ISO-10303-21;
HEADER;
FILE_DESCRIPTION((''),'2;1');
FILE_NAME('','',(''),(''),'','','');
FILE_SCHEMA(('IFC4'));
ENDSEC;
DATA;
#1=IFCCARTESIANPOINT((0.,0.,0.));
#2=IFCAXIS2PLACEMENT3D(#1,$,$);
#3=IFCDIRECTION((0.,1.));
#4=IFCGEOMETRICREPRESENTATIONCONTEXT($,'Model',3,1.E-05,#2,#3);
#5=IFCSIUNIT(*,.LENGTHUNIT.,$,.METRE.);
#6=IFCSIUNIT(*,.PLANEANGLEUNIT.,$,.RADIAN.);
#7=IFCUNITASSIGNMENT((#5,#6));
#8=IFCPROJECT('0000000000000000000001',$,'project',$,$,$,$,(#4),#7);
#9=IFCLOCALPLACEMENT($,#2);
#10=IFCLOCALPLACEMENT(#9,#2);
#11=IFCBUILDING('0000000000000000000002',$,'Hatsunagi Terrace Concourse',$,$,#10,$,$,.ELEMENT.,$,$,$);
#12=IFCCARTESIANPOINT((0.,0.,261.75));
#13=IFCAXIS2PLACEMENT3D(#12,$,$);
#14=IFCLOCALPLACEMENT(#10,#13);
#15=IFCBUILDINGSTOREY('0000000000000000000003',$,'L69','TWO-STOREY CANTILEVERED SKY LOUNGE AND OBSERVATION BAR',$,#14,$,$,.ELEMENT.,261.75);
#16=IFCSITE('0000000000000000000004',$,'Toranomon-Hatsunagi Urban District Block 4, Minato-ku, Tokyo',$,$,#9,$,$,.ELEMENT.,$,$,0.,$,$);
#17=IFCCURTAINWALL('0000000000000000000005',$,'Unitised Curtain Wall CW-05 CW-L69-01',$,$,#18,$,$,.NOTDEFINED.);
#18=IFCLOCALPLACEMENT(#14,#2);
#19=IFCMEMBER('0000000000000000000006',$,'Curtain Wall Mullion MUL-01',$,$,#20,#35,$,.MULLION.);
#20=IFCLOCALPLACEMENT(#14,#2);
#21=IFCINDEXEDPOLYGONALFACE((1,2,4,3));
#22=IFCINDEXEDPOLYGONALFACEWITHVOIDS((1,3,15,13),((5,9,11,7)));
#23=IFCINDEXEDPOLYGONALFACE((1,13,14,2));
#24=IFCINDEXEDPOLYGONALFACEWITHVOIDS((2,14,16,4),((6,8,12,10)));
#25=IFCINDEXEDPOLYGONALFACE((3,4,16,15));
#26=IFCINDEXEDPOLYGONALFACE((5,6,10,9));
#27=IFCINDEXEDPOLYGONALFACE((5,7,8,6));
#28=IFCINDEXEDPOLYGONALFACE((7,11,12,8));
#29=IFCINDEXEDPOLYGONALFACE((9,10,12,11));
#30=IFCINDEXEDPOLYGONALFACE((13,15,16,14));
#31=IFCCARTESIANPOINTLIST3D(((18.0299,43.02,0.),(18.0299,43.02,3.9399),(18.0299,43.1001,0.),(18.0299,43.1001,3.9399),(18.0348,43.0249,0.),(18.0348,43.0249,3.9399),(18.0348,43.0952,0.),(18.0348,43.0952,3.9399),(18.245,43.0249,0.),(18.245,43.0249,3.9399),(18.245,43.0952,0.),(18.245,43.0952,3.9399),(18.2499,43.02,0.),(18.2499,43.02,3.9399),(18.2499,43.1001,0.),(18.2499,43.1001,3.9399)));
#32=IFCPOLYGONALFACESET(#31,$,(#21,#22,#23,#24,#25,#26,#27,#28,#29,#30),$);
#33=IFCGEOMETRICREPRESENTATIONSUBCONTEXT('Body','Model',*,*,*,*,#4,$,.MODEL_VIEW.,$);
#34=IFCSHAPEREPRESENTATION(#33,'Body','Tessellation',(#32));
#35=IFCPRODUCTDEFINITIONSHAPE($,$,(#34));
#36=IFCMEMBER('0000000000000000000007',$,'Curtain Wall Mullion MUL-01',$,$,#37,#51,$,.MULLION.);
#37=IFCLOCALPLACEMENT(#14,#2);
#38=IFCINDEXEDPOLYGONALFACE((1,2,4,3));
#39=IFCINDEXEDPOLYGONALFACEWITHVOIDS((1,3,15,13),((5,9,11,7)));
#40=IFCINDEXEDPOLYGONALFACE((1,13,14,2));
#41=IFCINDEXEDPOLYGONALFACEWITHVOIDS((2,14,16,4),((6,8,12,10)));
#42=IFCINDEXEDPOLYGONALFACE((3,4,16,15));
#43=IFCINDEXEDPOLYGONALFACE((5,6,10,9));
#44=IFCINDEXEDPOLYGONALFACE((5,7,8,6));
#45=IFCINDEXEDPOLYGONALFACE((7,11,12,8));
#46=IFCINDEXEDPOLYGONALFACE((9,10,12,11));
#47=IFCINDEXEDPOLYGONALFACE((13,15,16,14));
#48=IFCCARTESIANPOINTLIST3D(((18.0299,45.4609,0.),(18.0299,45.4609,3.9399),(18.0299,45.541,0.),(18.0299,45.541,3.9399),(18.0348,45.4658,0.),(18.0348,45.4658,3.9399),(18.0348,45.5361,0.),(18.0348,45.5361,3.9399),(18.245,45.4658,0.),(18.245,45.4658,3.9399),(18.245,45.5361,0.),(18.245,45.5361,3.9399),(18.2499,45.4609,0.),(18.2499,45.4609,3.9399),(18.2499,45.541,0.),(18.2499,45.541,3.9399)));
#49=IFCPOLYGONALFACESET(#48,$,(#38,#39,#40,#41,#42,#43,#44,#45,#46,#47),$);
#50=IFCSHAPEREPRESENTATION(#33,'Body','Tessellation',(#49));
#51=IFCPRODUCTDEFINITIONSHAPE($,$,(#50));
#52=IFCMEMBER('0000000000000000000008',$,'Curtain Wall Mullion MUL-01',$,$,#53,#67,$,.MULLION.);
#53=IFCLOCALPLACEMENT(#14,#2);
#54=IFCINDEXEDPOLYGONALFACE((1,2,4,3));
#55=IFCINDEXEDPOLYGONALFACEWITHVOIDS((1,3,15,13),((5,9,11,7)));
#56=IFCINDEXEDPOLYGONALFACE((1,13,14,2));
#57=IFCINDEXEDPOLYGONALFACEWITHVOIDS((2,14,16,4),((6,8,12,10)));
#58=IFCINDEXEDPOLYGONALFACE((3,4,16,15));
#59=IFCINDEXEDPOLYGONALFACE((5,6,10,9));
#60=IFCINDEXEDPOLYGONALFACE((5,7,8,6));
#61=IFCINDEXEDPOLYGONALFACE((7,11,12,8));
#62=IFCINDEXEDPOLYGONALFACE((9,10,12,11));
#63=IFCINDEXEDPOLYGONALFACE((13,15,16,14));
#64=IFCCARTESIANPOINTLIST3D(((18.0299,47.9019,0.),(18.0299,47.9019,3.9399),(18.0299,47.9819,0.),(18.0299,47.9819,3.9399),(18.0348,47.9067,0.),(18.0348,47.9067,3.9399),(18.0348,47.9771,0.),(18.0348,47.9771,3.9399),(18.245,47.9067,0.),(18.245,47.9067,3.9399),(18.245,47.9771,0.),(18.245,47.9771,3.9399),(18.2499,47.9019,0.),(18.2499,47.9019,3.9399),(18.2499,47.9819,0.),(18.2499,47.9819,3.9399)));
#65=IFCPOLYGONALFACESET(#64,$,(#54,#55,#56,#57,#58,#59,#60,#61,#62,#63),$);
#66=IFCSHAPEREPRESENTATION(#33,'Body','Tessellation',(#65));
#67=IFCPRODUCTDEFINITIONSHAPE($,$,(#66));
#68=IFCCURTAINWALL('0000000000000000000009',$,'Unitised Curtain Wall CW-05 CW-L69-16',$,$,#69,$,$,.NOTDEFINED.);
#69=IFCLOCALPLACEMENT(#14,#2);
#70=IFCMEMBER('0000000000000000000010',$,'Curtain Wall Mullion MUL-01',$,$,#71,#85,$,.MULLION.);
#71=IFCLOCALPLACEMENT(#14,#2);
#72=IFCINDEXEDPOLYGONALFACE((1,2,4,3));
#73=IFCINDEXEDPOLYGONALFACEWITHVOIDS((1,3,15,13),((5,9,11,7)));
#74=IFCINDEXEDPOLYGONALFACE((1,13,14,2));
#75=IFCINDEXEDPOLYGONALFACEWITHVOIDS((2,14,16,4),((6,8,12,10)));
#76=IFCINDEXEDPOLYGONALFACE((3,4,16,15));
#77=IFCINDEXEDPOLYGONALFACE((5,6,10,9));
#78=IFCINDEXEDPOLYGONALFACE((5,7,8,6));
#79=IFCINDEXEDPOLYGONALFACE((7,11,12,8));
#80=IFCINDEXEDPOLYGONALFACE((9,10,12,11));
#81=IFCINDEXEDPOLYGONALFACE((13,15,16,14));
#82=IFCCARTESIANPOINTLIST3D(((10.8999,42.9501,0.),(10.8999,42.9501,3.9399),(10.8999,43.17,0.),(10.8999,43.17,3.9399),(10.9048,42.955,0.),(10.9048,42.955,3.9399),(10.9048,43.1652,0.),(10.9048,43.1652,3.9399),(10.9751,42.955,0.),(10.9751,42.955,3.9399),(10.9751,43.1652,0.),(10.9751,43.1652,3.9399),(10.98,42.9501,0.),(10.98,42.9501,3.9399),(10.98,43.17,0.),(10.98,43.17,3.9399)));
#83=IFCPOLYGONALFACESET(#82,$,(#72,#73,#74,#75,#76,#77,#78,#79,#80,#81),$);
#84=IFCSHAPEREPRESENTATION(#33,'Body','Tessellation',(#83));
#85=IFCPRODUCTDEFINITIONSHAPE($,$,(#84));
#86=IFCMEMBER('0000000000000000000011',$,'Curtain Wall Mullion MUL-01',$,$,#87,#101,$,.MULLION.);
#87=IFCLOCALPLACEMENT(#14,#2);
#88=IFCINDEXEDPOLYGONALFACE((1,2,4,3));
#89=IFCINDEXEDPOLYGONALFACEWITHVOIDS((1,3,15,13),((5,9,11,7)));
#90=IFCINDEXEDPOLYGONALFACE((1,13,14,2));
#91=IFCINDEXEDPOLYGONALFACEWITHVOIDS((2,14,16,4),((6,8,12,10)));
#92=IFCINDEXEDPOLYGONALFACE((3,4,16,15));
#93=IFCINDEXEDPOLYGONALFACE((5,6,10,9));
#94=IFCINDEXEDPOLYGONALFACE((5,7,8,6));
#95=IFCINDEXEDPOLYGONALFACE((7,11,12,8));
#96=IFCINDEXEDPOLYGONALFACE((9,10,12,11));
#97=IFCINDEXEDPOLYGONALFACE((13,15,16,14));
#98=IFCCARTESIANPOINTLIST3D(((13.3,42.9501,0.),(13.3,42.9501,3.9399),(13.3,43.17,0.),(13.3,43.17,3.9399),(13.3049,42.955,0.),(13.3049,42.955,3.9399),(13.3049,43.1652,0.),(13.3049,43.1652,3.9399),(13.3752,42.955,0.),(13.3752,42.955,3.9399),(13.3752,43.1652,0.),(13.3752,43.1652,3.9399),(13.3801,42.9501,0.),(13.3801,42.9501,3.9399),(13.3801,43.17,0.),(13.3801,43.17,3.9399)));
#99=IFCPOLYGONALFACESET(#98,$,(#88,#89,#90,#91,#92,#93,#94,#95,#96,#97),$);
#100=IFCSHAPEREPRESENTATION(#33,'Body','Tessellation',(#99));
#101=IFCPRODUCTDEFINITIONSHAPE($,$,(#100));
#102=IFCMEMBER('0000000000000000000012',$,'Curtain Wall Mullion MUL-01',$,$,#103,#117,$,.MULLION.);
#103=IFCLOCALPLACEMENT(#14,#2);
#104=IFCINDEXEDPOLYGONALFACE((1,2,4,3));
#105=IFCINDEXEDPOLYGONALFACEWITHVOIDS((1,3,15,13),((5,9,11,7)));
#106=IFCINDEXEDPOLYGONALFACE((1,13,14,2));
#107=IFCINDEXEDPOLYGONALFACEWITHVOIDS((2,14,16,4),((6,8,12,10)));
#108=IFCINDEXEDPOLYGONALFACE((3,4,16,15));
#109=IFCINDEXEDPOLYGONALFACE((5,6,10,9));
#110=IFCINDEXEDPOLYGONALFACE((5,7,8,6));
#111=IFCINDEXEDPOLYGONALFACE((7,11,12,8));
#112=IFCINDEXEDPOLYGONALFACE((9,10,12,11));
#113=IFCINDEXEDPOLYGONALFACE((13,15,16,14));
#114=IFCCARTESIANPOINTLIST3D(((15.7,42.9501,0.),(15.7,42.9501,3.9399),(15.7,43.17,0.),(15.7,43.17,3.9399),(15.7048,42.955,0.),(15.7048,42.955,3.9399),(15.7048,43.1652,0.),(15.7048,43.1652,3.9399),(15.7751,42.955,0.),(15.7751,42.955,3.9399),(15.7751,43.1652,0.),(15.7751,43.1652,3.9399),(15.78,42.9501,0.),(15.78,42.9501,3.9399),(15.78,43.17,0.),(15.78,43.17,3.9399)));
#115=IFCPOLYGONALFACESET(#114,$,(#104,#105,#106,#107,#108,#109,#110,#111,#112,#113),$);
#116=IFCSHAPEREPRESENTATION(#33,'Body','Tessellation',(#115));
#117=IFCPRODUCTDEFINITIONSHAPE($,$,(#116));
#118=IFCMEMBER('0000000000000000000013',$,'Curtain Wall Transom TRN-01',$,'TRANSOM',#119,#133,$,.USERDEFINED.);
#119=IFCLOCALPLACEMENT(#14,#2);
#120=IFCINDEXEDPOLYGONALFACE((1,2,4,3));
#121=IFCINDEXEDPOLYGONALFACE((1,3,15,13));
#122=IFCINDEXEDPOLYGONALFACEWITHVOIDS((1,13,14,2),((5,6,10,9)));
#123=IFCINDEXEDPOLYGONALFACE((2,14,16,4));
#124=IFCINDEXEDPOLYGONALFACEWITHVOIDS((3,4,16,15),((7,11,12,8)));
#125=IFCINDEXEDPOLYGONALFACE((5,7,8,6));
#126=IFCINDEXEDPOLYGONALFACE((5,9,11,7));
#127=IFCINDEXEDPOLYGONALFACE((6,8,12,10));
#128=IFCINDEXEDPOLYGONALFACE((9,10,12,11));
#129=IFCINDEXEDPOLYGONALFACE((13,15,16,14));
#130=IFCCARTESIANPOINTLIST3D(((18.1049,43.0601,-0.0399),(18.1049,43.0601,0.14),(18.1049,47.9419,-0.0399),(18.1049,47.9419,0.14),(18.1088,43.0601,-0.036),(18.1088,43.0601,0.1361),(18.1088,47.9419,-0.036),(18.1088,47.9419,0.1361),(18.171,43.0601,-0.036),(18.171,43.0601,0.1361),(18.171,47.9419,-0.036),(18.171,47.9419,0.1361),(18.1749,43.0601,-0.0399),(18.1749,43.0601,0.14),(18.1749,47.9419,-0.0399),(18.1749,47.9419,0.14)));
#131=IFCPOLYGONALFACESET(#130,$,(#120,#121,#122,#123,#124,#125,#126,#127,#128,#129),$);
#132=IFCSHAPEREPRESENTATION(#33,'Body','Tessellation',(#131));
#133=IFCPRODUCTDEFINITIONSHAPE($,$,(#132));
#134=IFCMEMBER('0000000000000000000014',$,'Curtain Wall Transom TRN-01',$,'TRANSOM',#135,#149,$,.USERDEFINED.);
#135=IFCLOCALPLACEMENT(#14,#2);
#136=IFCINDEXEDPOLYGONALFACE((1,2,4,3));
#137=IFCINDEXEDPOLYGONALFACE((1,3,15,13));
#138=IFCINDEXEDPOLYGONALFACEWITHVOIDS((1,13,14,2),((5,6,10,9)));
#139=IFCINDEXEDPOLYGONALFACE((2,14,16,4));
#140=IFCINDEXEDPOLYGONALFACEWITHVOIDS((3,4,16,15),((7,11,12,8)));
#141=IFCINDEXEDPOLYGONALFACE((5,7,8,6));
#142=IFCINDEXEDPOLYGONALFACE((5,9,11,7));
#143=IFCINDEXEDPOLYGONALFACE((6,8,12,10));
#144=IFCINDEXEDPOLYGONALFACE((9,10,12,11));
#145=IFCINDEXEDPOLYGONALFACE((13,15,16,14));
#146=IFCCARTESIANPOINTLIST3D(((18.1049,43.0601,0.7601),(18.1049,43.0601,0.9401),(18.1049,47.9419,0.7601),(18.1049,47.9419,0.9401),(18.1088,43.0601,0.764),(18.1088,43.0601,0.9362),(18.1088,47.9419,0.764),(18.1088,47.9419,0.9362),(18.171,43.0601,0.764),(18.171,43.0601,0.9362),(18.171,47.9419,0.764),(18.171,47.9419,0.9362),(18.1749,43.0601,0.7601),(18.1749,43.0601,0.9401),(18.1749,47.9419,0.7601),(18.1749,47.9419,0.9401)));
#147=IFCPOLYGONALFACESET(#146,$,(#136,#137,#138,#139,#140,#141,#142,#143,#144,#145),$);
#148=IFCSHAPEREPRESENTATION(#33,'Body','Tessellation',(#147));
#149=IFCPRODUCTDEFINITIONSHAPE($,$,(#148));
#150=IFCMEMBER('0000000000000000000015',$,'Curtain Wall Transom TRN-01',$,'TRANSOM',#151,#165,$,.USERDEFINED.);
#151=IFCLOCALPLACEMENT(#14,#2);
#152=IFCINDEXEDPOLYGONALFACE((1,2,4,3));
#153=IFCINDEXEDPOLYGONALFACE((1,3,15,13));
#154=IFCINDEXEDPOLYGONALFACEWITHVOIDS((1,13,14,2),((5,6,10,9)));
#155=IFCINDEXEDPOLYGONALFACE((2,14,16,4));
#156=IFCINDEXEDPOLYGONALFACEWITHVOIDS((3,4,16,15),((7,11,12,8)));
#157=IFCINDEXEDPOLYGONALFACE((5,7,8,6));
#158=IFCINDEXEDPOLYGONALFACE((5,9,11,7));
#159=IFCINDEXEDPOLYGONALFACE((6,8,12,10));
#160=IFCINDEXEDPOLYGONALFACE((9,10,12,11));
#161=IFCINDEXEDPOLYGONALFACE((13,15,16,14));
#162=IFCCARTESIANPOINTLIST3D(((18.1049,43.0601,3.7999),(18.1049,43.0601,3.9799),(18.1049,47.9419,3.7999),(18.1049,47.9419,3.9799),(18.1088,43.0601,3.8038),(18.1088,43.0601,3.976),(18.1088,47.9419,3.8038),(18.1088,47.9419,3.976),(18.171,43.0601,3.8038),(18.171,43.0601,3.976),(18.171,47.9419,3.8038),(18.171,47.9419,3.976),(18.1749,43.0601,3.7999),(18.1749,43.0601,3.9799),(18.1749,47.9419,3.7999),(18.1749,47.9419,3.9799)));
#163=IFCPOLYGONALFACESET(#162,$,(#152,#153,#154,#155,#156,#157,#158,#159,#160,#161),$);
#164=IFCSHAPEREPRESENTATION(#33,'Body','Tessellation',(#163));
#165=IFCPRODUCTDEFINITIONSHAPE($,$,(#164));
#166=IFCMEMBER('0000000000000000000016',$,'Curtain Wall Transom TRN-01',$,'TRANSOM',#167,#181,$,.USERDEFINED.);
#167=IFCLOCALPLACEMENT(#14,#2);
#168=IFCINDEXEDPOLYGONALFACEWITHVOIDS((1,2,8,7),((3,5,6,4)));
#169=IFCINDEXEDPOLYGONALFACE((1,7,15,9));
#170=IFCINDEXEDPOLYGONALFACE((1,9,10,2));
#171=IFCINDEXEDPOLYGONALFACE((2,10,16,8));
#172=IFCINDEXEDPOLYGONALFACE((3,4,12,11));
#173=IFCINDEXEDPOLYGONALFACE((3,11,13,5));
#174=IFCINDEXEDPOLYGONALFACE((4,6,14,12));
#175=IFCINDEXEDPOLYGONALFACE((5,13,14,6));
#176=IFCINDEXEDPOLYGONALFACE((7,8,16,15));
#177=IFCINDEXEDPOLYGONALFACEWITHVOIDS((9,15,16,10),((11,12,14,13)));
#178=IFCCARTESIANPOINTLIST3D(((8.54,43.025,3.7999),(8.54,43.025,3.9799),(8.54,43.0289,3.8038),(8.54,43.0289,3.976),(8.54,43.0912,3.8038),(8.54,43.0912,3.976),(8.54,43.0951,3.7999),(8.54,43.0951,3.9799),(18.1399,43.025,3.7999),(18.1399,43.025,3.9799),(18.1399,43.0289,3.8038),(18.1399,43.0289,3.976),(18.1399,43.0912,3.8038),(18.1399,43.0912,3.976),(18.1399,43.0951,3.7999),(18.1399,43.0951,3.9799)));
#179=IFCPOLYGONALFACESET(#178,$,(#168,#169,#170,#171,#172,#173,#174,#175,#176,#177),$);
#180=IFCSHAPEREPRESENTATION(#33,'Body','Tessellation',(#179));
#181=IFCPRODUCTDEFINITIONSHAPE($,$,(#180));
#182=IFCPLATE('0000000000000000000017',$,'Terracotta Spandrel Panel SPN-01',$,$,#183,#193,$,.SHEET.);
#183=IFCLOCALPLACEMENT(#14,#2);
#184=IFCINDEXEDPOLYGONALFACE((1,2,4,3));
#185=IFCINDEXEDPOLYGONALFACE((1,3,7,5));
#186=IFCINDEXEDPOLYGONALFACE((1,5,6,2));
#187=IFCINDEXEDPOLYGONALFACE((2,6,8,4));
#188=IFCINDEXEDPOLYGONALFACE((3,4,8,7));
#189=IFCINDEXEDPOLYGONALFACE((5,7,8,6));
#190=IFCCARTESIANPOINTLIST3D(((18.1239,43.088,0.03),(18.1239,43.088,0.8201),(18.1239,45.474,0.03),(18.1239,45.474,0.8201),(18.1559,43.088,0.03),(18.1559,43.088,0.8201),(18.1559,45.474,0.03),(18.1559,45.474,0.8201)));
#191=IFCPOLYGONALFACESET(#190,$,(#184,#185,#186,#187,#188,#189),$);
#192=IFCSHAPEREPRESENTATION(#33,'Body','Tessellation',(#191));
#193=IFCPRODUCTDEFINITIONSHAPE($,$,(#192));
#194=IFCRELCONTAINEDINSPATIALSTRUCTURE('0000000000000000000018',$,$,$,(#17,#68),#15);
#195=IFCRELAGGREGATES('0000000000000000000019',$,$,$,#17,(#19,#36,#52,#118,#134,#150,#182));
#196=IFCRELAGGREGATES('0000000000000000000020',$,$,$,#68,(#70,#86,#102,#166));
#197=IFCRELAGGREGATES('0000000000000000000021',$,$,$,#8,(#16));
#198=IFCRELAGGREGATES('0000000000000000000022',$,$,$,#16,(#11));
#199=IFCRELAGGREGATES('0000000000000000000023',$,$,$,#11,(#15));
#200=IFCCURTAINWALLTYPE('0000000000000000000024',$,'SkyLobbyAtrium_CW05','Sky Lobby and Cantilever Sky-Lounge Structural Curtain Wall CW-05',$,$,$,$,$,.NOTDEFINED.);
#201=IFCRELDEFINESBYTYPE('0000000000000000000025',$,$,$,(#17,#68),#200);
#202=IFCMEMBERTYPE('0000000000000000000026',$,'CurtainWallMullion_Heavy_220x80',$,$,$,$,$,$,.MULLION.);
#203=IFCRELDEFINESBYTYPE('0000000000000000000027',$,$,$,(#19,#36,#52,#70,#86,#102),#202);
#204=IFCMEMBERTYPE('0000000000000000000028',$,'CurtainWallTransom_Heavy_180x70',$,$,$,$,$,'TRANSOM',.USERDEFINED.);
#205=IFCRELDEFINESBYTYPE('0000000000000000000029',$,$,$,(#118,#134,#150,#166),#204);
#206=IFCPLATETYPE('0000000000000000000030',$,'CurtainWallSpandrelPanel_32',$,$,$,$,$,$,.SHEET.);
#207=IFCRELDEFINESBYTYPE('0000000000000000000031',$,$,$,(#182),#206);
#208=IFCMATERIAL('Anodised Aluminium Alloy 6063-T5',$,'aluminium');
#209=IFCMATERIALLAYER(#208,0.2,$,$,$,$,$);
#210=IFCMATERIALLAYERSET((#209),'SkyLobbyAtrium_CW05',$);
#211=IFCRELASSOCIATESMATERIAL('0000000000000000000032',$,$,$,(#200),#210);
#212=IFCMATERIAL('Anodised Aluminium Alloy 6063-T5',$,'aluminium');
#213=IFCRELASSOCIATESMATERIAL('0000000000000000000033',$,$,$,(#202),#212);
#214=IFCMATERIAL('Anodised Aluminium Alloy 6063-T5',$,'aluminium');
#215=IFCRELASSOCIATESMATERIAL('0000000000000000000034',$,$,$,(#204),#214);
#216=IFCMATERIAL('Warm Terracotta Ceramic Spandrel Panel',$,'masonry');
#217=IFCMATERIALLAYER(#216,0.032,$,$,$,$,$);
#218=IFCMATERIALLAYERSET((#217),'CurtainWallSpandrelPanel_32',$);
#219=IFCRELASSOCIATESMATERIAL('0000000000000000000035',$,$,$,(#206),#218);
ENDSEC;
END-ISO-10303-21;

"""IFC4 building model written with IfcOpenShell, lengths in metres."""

from ifc_helpers import new_model, si_unit, direction, frame, origin, origin_2d, place, context, subcontext, project, spatial, rectangle, hollow_rectangle, extrude, material, layer, layer_set, material_profile, profile_set, type_object, element, aggregate, save


model = new_model("IFC4")

# Units and contexts
model_context = context("Model", 3, precision=1e-05, world=origin(), true_north=direction((0.0, 1.0)))
body_context = subcontext(model_context, "Body", "Model", "MODEL_VIEW")
ifc_project = project(units=[si_unit("LENGTHUNIT", "METRE"), si_unit("PLANEANGLEUNIT", "RADIAN")], contexts=[model_context])

# Site, building, storey
site_placement = place(None, origin())
site = spatial("IfcSite", under=ifc_project, at=site_placement, Name="Toranomon-Hatsunagi Urban District Block 4, Minato-ku, Tokyo", CompositionType="ELEMENT", RefElevation=0.0)
building_placement = place(site_placement, origin())
building = spatial("IfcBuilding", under=site, at=building_placement, Name="Hatsunagi Terrace Concourse", CompositionType="ELEMENT")
storey_placement = place(building_placement, frame((0.0, 0.0, 261.75)))
storey = spatial("IfcBuildingStorey", under=building, at=storey_placement, Name="L69", Description="TWO-STOREY CANTILEVERED SKY LOUNGE AND OBSERVATION BAR", CompositionType="ELEMENT", Elevation=261.75)

# Curtain walls, members
ifc_material_1 = material(Name="Anodised Aluminium Alloy 6063-T5", Category="aluminium")
ifc_layer_1 = layer(ifc_material_1, 0.2)
ifc_layer_set_1 = layer_set([ifc_layer_1], Name="SkyLobbyAtrium_CW05")
curtain_wall_type = type_object("IfcCurtainWallType", Name="SkyLobbyAtrium_CW05", Description="Sky Lobby and Cantilever Sky-Lounge Structural Curtain Wall CW-05", PredefinedType="NOTDEFINED", material=ifc_layer_set_1)
curtain_wall_1_placement = place(storey_placement, origin())
curtain_wall_1 = element("IfcCurtainWall", 1, at=curtain_wall_1_placement, inside=storey, type_object=curtain_wall_type, Name="Unitised Curtain Wall CW-05 CW-L69-01", PredefinedType="NOTDEFINED")
ifc_material_2 = material(Name="Anodised Aluminium Alloy 6063-T5", Category="aluminium")
ifc_material_profile_1 = material_profile(ifc_material_2, hollow_rectangle(XDim=0.0801, YDim=0.22, WallThickness=0.0049, at=origin_2d()), Name="ALU-MUL-220x80x5")
ifc_profile_set_1 = profile_set([ifc_material_profile_1], Name="Anodised Aluminium Alloy 6063-T5")
member_type_1 = type_object("IfcMemberType", Name="CurtainWallMullion_Heavy_220x80", PredefinedType="MULLION", material=ifc_profile_set_1)
member_1_placement = place(storey_placement, frame((18.1399, 43.0601, 0.0), z_axis=(0.0, 0.0, 1.0), x_axis=(0.0, 1.0, 0.0)))
member_1 = element("IfcMember", 2, at=member_1_placement, type_object=member_type_1, Name="Curtain Wall Mullion MUL-01", PredefinedType="MULLION", context=body_context, shape_type="SweptSolid", body=[
    extrude(hollow_rectangle(XDim=0.0801, YDim=0.22, WallThickness=0.0049, at=origin_2d()), origin(), (0.0, 0.0, 1.0), 3.9399),
])
member_2_placement = place(storey_placement, frame((18.1399, 45.501, 0.0), z_axis=(0.0, 0.0, 1.0), x_axis=(0.0, 1.0, 0.0)))
member_2 = element("IfcMember", 3, at=member_2_placement, type_object=member_type_1, Name="Curtain Wall Mullion MUL-01", PredefinedType="MULLION", context=body_context, shape_type="SweptSolid", body=[
    extrude(hollow_rectangle(XDim=0.0801, YDim=0.22, WallThickness=0.0049, at=origin_2d()), origin(), (0.0, 0.0, 1.0), 3.9399),
])
member_3_placement = place(storey_placement, frame((18.1399, 47.9419, 0.0), z_axis=(0.0, 0.0, 1.0), x_axis=(0.0, 1.0, 0.0)))
member_3 = element("IfcMember", 4, at=member_3_placement, type_object=member_type_1, Name="Curtain Wall Mullion MUL-01", PredefinedType="MULLION", context=body_context, shape_type="SweptSolid", body=[
    extrude(hollow_rectangle(XDim=0.0801, YDim=0.22, WallThickness=0.0049, at=origin_2d()), origin(), (0.0, 0.0, 1.0), 3.9399),
])
curtain_wall_2_placement = place(storey_placement, origin())
curtain_wall_2 = element("IfcCurtainWall", 5, at=curtain_wall_2_placement, inside=storey, type_object=curtain_wall_type, Name="Unitised Curtain Wall CW-05 CW-L69-16", PredefinedType="NOTDEFINED")
member_4_placement = place(storey_placement, frame((10.9399, 43.0601, 0.0), z_axis=(0.0, 0.0, 1.0), x_axis=(1.0, 0.0, 0.0)))
member_4 = element("IfcMember", 6, at=member_4_placement, type_object=member_type_1, Name="Curtain Wall Mullion MUL-01", PredefinedType="MULLION", context=body_context, shape_type="SweptSolid", body=[
    extrude(hollow_rectangle(XDim=0.0801, YDim=0.22, WallThickness=0.0049, at=origin_2d()), origin(), (0.0, 0.0, 1.0), 3.9399),
])
member_5_placement = place(storey_placement, frame((13.3401, 43.0601, 0.0), z_axis=(0.0, 0.0, 1.0), x_axis=(1.0, 0.0, 0.0)))
member_5 = element("IfcMember", 7, at=member_5_placement, type_object=member_type_1, Name="Curtain Wall Mullion MUL-01", PredefinedType="MULLION", context=body_context, shape_type="SweptSolid", body=[
    extrude(hollow_rectangle(XDim=0.0801, YDim=0.22, WallThickness=0.0049, at=origin_2d()), origin(), (0.0, 0.0, 1.0), 3.9399),
])
member_6_placement = place(storey_placement, frame((15.74, 43.0601, 0.0), z_axis=(0.0, 0.0, 1.0), x_axis=(1.0, 0.0, 0.0)))
member_6 = element("IfcMember", 8, at=member_6_placement, type_object=member_type_1, Name="Curtain Wall Mullion MUL-01", PredefinedType="MULLION", context=body_context, shape_type="SweptSolid", body=[
    extrude(hollow_rectangle(XDim=0.0801, YDim=0.22, WallThickness=0.0049, at=origin_2d()), origin(), (0.0, 0.0, 1.0), 3.9399),
])

# Members
ifc_material_3 = material(Name="Anodised Aluminium Alloy 6063-T5", Category="aluminium")
ifc_material_profile_2 = material_profile(ifc_material_3, hollow_rectangle(XDim=0.0701, YDim=0.1799, WallThickness=0.0039, at=origin_2d()), Name="ALU-TRN-180x70x4")
ifc_profile_set_2 = profile_set([ifc_material_profile_2], Name="Anodised Aluminium Alloy 6063-T5")
member_type_2 = type_object("IfcMemberType", Name="CurtainWallTransom_Heavy_180x70", ElementType="TRANSOM", PredefinedType="USERDEFINED", material=ifc_profile_set_2)
member_7_placement = place(storey_placement, frame((18.1399, 43.0601, 0.05), z_axis=(0.0, 1.0, 0.0), x_axis=(-1.0, 0.0, 0.0)))
member_7 = element("IfcMember", 9, at=member_7_placement, type_object=member_type_2, Name="Curtain Wall Transom TRN-01", ObjectType="TRANSOM", PredefinedType="USERDEFINED", context=body_context, shape_type="SweptSolid", body=[
    extrude(hollow_rectangle(XDim=0.0701, YDim=0.1799, WallThickness=0.0039, at=origin_2d()), origin(), (0.0, 0.0, 1.0), 4.8818),
])
member_8_placement = place(storey_placement, frame((18.1399, 43.0601, 0.8501), z_axis=(0.0, 1.0, 0.0), x_axis=(-1.0, 0.0, 0.0)))
member_8 = element("IfcMember", 10, at=member_8_placement, type_object=member_type_2, Name="Curtain Wall Transom TRN-01", ObjectType="TRANSOM", PredefinedType="USERDEFINED", context=body_context, shape_type="SweptSolid", body=[
    extrude(hollow_rectangle(XDim=0.0701, YDim=0.1799, WallThickness=0.0039, at=origin_2d()), origin(), (0.0, 0.0, 1.0), 4.8818),
])
member_9_placement = place(storey_placement, frame((18.1399, 43.0601, 3.8899), z_axis=(0.0, 1.0, 0.0), x_axis=(-1.0, 0.0, 0.0)))
member_9 = element("IfcMember", 11, at=member_9_placement, type_object=member_type_2, Name="Curtain Wall Transom TRN-01", ObjectType="TRANSOM", PredefinedType="USERDEFINED", context=body_context, shape_type="SweptSolid", body=[
    extrude(hollow_rectangle(XDim=0.0701, YDim=0.1799, WallThickness=0.0039, at=origin_2d()), origin(), (0.0, 0.0, 1.0), 4.8818),
])
member_10_placement = place(storey_placement, frame((8.54, 43.0601, 3.8899), z_axis=(1.0, 0.0, 0.0), x_axis=(0.0, 1.0, 0.0)))
member_10 = element("IfcMember", 12, at=member_10_placement, type_object=member_type_2, Name="Curtain Wall Transom TRN-01", ObjectType="TRANSOM", PredefinedType="USERDEFINED", context=body_context, shape_type="SweptSolid", body=[
    extrude(hollow_rectangle(XDim=0.0701, YDim=0.1799, WallThickness=0.0039, at=origin_2d()), origin(), (0.0, 0.0, 1.0), 9.5999),
])

# Plate
ifc_material_4 = material(Name="Warm Terracotta Ceramic Spandrel Panel", Category="masonry")
ifc_layer_2 = layer(ifc_material_4, 0.032)
ifc_layer_set_2 = layer_set([ifc_layer_2], Name="CurtainWallSpandrelPanel_32")
plate_type_1 = type_object("IfcPlateType", Name="CurtainWallSpandrelPanel_32", PredefinedType="SHEET", material=ifc_layer_set_2)
plate_1_placement = place(storey_placement, frame((18.1399, 44.281, 0.03), z_axis=(0.0, 0.0, 1.0), x_axis=(0.0, 1.0, 0.0)))
plate_1 = element("IfcPlate", 13, at=plate_1_placement, type_object=plate_type_1, Name="Terracotta Spandrel Panel SPN-01", PredefinedType="SHEET", context=body_context, shape_type="SweptSolid", body=[
    extrude(rectangle(XDim=2.386, YDim=0.032, at=origin_2d()), origin(), (0.0, 0.0, 1.0), 0.79),
])
aggregate(curtain_wall_1, [member_1, member_2, member_3, member_7, member_8, member_9, plate_1])
aggregate(curtain_wall_2, [member_4, member_5, member_6, member_10])

save(model, "model.ifc")
